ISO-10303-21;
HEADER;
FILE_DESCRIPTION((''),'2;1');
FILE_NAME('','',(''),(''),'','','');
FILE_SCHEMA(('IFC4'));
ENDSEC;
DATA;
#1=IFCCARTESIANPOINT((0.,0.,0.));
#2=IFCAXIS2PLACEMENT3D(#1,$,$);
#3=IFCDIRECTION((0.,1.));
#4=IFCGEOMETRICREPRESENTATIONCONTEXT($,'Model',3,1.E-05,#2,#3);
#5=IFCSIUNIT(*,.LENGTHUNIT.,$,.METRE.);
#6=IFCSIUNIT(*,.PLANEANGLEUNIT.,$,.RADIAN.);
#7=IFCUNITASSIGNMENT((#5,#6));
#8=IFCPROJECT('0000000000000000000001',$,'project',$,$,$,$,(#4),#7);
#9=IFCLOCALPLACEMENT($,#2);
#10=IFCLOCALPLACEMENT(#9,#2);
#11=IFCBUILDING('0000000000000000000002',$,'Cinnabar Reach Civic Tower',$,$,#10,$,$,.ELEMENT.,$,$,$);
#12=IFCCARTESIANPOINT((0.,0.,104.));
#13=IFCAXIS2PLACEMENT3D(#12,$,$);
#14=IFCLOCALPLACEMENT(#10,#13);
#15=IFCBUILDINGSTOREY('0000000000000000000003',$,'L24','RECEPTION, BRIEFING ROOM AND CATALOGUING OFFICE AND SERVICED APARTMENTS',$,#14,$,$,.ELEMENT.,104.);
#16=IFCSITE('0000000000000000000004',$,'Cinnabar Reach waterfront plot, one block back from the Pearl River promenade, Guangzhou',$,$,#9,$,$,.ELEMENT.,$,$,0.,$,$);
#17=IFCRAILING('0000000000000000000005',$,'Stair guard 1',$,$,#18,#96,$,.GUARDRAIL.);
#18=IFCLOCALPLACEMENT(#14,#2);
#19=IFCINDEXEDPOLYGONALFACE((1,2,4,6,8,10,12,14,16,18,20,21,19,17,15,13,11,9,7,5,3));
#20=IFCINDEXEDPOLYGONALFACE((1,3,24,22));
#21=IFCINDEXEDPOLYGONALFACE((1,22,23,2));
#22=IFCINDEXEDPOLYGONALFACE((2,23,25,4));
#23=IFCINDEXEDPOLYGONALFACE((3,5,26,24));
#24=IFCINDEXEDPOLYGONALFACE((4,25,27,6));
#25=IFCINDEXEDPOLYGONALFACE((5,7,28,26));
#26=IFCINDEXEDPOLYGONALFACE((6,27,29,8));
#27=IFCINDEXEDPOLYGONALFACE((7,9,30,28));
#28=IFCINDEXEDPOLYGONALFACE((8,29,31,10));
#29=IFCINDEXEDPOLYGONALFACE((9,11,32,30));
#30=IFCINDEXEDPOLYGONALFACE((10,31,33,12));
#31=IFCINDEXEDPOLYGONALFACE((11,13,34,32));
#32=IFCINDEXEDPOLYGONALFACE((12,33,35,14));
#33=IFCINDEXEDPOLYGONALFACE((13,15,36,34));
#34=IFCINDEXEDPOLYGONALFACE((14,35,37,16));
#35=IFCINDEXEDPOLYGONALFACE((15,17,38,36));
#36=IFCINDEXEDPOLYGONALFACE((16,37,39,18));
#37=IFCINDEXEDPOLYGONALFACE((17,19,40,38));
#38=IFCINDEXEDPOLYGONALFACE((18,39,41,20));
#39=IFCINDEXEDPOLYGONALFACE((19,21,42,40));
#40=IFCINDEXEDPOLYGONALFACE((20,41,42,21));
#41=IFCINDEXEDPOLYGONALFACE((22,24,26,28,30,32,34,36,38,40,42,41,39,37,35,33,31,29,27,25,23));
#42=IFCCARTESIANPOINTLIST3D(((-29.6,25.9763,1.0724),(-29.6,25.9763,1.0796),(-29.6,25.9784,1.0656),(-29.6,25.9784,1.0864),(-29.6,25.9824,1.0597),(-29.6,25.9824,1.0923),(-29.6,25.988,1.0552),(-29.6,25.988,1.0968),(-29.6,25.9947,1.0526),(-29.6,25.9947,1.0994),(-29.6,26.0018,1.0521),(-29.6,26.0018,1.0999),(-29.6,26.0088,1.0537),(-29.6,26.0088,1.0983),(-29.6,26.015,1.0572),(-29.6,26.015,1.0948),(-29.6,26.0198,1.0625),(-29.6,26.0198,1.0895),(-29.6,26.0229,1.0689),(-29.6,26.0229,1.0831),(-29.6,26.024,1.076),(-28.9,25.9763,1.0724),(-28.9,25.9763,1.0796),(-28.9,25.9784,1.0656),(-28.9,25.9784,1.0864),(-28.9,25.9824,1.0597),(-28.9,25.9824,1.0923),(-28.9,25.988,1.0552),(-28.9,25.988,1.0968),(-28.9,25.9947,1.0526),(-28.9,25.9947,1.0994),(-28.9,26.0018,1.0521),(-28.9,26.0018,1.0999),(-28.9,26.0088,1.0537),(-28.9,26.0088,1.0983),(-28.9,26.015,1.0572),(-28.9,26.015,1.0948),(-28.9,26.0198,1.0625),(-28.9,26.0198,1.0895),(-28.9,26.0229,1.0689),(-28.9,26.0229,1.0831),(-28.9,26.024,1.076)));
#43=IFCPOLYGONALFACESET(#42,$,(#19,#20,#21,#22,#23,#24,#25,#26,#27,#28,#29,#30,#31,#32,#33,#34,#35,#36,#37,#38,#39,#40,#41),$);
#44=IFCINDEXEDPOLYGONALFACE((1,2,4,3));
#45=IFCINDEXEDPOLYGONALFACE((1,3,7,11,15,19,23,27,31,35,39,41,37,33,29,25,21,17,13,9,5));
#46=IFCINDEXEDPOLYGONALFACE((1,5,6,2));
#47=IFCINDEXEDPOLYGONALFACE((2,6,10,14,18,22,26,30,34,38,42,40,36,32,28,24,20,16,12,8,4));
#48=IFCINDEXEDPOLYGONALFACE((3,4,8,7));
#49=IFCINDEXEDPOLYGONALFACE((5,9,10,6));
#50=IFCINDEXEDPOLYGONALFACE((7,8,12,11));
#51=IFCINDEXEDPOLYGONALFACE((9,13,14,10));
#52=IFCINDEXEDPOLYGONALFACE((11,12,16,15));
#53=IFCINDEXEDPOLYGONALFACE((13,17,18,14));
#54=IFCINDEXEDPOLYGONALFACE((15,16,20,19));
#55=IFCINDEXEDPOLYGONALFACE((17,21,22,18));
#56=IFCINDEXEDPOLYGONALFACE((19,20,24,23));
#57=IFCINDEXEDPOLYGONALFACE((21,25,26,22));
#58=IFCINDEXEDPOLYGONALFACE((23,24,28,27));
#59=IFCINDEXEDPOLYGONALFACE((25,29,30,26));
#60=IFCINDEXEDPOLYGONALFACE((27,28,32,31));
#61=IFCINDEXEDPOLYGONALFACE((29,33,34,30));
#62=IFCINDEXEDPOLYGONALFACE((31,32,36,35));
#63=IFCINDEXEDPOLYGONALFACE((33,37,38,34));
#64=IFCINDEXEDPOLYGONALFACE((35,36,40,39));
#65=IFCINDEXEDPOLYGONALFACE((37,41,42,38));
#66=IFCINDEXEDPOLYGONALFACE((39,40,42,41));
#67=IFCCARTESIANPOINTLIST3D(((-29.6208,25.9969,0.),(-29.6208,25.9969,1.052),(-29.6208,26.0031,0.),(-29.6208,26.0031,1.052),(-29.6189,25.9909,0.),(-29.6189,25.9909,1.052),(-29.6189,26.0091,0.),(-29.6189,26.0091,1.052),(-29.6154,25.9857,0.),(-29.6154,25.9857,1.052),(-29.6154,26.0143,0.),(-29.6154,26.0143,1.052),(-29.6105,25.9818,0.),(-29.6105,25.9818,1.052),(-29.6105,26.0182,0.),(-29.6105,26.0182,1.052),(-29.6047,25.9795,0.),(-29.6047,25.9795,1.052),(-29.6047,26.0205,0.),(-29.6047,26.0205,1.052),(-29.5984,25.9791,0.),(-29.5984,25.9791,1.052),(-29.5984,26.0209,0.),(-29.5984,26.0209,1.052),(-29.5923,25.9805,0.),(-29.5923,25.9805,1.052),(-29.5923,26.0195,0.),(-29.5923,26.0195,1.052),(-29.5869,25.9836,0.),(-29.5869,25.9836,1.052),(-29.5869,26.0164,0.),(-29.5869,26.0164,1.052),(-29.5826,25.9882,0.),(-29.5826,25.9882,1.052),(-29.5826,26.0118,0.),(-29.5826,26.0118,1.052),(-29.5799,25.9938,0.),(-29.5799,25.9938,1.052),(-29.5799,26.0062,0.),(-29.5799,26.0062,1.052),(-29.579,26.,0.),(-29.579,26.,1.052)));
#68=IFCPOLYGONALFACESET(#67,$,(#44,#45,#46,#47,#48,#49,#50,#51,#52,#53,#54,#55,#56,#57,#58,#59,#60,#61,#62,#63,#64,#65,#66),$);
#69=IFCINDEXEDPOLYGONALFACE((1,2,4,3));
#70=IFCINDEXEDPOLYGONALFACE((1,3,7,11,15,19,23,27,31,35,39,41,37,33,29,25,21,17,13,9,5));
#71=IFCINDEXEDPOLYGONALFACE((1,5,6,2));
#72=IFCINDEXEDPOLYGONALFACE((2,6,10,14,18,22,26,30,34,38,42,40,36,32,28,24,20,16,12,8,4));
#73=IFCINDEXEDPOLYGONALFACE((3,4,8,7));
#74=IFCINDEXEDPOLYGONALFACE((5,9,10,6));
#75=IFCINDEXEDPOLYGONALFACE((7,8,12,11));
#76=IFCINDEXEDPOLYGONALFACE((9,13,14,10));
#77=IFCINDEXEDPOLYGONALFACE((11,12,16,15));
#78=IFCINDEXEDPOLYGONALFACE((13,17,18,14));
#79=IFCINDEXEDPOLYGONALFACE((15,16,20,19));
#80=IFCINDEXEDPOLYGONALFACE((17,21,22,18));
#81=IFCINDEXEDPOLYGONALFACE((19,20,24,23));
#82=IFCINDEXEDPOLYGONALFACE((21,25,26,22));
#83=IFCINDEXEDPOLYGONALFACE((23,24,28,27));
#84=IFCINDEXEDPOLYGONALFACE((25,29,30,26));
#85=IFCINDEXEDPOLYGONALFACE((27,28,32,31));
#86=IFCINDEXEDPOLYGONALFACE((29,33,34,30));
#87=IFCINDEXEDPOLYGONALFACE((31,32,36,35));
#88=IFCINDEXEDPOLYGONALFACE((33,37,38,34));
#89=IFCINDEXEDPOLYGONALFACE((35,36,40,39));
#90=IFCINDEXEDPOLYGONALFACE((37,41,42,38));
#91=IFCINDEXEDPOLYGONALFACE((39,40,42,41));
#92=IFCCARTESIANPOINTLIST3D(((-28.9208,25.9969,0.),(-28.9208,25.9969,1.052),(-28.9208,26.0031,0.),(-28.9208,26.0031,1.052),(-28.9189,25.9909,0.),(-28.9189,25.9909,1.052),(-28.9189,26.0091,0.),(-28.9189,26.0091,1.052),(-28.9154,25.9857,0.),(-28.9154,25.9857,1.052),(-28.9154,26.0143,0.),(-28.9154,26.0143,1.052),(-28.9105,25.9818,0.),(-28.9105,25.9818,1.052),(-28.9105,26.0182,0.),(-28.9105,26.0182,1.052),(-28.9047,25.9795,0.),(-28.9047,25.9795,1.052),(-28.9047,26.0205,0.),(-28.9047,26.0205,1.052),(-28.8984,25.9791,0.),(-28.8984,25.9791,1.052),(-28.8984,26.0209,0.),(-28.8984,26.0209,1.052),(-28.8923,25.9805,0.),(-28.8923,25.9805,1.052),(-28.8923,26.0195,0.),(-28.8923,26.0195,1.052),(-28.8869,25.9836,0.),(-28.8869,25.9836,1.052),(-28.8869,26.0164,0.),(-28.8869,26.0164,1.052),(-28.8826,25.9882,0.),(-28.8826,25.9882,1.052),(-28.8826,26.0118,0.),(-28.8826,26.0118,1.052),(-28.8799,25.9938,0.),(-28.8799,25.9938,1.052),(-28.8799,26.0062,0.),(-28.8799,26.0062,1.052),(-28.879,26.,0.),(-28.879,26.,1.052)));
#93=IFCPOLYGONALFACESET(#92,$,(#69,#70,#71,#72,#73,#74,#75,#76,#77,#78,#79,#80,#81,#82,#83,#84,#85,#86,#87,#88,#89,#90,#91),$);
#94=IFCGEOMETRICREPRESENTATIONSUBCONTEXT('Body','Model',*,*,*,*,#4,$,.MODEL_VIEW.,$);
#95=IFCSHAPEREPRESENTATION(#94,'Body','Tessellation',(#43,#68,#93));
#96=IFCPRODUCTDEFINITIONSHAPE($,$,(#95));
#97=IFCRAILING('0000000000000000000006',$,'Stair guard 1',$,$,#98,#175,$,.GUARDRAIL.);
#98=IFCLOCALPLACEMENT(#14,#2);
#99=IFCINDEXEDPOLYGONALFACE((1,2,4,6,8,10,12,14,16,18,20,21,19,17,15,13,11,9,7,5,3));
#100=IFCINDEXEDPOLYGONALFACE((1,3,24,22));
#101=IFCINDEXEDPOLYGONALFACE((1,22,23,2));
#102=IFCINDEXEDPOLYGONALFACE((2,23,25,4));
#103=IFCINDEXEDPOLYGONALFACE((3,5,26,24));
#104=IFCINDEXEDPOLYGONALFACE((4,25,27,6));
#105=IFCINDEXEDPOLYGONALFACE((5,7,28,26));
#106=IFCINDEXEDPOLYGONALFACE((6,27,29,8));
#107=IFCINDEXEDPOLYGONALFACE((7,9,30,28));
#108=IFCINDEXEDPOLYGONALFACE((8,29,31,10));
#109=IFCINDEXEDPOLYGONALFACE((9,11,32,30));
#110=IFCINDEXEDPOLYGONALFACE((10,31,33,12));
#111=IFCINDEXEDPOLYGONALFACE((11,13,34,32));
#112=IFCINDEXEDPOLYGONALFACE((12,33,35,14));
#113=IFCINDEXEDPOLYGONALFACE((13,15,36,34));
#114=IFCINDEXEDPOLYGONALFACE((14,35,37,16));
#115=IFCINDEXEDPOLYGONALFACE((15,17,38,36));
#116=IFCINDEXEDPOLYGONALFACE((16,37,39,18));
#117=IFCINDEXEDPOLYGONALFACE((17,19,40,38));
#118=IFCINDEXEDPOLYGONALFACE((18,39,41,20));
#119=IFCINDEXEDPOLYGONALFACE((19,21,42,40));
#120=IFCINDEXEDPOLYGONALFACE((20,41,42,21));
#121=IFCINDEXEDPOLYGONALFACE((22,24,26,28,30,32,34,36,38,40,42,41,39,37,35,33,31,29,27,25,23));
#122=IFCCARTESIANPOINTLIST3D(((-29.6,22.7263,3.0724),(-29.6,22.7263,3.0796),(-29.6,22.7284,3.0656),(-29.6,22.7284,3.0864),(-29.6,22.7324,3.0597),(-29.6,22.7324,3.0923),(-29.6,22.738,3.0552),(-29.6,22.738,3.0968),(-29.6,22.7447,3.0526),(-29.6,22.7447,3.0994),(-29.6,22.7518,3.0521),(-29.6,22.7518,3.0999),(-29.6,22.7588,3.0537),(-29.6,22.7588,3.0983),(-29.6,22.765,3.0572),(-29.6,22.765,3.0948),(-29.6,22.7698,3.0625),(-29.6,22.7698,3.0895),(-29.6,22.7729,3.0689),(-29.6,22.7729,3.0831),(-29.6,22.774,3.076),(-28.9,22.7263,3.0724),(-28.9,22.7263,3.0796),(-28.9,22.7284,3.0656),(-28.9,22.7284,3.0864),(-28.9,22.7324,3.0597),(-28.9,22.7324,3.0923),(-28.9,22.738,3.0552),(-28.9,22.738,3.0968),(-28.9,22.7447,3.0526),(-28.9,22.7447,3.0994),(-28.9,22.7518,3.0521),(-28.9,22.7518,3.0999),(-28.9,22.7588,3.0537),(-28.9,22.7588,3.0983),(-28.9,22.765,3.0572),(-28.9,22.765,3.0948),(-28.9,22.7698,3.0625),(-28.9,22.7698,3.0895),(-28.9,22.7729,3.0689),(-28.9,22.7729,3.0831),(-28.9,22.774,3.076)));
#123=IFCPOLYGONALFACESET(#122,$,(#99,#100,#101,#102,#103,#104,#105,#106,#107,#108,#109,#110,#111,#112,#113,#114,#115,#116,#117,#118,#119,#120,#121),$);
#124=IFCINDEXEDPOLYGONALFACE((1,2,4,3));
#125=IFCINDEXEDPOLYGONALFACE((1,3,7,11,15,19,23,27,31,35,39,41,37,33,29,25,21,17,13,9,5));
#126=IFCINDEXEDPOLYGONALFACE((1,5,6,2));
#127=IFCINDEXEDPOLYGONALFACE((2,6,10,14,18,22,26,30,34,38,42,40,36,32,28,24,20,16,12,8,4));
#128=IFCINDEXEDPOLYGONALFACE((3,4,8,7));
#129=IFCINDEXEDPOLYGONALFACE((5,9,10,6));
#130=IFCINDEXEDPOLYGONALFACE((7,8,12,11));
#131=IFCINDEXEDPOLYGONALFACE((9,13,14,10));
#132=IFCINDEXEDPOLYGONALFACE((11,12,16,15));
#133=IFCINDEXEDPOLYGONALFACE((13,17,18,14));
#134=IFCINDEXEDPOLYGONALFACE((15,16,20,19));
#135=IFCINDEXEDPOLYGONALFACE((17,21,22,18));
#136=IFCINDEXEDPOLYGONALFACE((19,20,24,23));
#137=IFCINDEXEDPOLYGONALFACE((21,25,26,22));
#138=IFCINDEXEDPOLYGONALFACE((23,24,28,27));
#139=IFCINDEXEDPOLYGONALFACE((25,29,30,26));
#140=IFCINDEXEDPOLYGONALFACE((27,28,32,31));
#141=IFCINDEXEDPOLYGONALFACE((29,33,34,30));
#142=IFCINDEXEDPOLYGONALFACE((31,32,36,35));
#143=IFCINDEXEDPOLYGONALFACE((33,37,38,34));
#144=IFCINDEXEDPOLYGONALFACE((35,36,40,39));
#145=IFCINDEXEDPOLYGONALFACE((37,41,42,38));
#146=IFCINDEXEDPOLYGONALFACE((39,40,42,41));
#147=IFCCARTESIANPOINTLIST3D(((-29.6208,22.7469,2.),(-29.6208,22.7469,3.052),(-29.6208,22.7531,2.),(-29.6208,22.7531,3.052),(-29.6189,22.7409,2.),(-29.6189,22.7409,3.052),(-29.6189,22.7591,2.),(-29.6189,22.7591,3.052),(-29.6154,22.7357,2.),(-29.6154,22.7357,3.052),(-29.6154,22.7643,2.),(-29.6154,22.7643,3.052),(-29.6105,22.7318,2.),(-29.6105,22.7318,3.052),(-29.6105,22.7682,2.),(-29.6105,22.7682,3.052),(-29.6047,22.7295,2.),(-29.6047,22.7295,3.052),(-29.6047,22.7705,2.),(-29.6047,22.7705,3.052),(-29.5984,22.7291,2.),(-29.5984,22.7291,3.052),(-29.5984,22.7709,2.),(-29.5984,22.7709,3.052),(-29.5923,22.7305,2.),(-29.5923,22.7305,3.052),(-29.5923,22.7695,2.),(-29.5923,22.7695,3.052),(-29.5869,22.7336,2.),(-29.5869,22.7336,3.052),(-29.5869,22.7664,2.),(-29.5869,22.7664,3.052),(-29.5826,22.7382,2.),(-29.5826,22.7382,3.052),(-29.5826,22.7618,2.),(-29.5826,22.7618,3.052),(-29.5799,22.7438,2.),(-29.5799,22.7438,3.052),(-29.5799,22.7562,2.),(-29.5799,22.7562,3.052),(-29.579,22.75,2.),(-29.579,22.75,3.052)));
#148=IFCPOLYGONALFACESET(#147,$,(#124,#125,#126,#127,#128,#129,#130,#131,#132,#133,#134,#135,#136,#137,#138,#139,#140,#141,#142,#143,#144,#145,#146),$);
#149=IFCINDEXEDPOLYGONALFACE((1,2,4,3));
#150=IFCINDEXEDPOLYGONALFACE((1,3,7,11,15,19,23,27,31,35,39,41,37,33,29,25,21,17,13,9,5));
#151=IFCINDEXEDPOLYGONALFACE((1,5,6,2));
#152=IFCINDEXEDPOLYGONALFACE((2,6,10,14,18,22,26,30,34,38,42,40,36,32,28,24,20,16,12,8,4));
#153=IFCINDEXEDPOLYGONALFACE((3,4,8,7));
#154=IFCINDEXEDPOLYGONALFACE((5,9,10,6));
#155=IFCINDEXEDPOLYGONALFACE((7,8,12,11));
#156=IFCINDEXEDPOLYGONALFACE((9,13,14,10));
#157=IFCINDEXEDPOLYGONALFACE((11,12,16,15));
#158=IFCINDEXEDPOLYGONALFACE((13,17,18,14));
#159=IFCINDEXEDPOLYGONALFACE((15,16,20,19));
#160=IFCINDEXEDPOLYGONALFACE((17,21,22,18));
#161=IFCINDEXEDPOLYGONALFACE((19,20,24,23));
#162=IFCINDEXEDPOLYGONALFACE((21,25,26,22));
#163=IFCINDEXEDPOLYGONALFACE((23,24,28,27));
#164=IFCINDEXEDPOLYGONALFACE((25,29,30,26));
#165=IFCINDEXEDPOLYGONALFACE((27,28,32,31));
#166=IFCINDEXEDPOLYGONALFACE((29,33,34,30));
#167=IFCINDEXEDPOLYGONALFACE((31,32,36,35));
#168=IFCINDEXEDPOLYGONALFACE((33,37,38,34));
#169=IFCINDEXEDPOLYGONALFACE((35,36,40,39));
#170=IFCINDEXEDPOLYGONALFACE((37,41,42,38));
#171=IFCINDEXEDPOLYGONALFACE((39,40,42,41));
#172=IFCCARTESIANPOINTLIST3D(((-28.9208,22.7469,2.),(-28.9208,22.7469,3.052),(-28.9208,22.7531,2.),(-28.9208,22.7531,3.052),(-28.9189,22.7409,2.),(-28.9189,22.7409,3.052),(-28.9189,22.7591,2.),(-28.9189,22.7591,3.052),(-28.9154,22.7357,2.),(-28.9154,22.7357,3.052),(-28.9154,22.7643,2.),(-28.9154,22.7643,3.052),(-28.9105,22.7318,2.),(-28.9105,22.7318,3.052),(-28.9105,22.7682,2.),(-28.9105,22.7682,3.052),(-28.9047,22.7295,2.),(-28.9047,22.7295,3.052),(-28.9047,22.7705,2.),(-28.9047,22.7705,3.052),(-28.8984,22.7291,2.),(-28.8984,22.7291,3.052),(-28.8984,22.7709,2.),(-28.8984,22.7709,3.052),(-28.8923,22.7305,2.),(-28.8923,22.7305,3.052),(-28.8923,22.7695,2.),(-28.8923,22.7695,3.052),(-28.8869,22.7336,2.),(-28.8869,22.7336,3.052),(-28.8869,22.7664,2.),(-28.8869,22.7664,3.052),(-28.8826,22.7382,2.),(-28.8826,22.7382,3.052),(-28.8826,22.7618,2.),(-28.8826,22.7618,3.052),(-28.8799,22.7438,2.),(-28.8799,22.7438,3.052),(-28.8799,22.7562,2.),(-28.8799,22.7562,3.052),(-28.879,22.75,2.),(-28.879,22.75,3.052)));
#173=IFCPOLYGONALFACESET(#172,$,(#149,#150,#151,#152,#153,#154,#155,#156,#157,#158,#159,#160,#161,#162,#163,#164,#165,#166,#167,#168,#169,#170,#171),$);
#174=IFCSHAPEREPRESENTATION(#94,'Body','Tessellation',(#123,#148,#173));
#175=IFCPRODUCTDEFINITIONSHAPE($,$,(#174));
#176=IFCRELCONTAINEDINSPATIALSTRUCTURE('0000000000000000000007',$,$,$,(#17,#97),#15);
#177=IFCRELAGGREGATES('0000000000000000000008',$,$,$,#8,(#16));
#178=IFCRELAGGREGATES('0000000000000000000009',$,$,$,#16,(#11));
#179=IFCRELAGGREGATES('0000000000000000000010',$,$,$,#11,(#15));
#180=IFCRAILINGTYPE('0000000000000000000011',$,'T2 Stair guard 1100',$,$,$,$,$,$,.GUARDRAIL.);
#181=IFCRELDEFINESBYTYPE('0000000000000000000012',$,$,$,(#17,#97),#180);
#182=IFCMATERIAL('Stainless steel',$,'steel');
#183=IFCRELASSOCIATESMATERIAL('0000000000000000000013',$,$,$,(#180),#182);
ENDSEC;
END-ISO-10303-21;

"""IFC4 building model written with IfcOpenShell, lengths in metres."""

from ifc_helpers import new_model, si_unit, direction, frame, origin, origin_2d, place, context, subcontext, project, spatial, circle, extrude, material, type_object, element, save


model = new_model("IFC4")

# Units and contexts
model_context = context("Model", 3, precision=1e-05, world=origin(), true_north=direction((0.0, 1.0)))
body_context = subcontext(model_context, "Body", "Model", "MODEL_VIEW")
ifc_project = project(units=[si_unit("LENGTHUNIT", "METRE"), si_unit("PLANEANGLEUNIT", "RADIAN")], contexts=[model_context])

# Site, building, storey
site_placement = place(None, origin())
site = spatial("IfcSite", under=ifc_project, at=site_placement, Name="Cinnabar Reach waterfront plot, one block back from the Pearl River promenade, Guangzhou", CompositionType="ELEMENT", RefElevation=0.0)
building_placement = place(site_placement, origin())
building = spatial("IfcBuilding", under=site, at=building_placement, Name="Cinnabar Reach Civic Tower", CompositionType="ELEMENT")
storey_placement = place(building_placement, frame((0.0, 0.0, 104.0)))
storey = spatial("IfcBuildingStorey", under=building, at=storey_placement, Name="L24", Description="RECEPTION, BRIEFING ROOM AND CATALOGUING OFFICE AND SERVICED APARTMENTS", CompositionType="ELEMENT", Elevation=104.0)

# Railings
ifc_material_1 = material(Name="Stainless steel", Category="steel")
railing_type = type_object("IfcRailingType", Name="T2 Stair guard 1100", PredefinedType="GUARDRAIL", material=ifc_material_1)
for number, where, name in (
    (1, (-29.6, 26.0, 0.0), "Stair guard 1"),
    (2, (-29.6, 22.75, 2.0), "Stair guard 1"),
):
    element("IfcRailing", number, at=place(storey_placement, frame(where)), inside=storey, type_object=railing_type, Name=name, PredefinedType="GUARDRAIL", context=body_context, shape_type="SweptSolid", body=[
        extrude(circle(Radius=0.024, at=origin_2d()), frame((0.0, 0.0, 1.076), z_axis=(1.0, 0.0, 0.0), x_axis=(0.0, 1.0, 0.0)), (0.0, 0.0, 1.0), 0.7),
        extrude(circle(Radius=0.021, at=origin_2d()), origin(), (0.0, 0.0, 1.0), 1.052),
        extrude(circle(Radius=0.021, at=origin_2d()), frame((0.7, 0.0, 0.0)), (0.0, 0.0, 1.0), 1.052),
    ])

save(model, "model.ifc")
